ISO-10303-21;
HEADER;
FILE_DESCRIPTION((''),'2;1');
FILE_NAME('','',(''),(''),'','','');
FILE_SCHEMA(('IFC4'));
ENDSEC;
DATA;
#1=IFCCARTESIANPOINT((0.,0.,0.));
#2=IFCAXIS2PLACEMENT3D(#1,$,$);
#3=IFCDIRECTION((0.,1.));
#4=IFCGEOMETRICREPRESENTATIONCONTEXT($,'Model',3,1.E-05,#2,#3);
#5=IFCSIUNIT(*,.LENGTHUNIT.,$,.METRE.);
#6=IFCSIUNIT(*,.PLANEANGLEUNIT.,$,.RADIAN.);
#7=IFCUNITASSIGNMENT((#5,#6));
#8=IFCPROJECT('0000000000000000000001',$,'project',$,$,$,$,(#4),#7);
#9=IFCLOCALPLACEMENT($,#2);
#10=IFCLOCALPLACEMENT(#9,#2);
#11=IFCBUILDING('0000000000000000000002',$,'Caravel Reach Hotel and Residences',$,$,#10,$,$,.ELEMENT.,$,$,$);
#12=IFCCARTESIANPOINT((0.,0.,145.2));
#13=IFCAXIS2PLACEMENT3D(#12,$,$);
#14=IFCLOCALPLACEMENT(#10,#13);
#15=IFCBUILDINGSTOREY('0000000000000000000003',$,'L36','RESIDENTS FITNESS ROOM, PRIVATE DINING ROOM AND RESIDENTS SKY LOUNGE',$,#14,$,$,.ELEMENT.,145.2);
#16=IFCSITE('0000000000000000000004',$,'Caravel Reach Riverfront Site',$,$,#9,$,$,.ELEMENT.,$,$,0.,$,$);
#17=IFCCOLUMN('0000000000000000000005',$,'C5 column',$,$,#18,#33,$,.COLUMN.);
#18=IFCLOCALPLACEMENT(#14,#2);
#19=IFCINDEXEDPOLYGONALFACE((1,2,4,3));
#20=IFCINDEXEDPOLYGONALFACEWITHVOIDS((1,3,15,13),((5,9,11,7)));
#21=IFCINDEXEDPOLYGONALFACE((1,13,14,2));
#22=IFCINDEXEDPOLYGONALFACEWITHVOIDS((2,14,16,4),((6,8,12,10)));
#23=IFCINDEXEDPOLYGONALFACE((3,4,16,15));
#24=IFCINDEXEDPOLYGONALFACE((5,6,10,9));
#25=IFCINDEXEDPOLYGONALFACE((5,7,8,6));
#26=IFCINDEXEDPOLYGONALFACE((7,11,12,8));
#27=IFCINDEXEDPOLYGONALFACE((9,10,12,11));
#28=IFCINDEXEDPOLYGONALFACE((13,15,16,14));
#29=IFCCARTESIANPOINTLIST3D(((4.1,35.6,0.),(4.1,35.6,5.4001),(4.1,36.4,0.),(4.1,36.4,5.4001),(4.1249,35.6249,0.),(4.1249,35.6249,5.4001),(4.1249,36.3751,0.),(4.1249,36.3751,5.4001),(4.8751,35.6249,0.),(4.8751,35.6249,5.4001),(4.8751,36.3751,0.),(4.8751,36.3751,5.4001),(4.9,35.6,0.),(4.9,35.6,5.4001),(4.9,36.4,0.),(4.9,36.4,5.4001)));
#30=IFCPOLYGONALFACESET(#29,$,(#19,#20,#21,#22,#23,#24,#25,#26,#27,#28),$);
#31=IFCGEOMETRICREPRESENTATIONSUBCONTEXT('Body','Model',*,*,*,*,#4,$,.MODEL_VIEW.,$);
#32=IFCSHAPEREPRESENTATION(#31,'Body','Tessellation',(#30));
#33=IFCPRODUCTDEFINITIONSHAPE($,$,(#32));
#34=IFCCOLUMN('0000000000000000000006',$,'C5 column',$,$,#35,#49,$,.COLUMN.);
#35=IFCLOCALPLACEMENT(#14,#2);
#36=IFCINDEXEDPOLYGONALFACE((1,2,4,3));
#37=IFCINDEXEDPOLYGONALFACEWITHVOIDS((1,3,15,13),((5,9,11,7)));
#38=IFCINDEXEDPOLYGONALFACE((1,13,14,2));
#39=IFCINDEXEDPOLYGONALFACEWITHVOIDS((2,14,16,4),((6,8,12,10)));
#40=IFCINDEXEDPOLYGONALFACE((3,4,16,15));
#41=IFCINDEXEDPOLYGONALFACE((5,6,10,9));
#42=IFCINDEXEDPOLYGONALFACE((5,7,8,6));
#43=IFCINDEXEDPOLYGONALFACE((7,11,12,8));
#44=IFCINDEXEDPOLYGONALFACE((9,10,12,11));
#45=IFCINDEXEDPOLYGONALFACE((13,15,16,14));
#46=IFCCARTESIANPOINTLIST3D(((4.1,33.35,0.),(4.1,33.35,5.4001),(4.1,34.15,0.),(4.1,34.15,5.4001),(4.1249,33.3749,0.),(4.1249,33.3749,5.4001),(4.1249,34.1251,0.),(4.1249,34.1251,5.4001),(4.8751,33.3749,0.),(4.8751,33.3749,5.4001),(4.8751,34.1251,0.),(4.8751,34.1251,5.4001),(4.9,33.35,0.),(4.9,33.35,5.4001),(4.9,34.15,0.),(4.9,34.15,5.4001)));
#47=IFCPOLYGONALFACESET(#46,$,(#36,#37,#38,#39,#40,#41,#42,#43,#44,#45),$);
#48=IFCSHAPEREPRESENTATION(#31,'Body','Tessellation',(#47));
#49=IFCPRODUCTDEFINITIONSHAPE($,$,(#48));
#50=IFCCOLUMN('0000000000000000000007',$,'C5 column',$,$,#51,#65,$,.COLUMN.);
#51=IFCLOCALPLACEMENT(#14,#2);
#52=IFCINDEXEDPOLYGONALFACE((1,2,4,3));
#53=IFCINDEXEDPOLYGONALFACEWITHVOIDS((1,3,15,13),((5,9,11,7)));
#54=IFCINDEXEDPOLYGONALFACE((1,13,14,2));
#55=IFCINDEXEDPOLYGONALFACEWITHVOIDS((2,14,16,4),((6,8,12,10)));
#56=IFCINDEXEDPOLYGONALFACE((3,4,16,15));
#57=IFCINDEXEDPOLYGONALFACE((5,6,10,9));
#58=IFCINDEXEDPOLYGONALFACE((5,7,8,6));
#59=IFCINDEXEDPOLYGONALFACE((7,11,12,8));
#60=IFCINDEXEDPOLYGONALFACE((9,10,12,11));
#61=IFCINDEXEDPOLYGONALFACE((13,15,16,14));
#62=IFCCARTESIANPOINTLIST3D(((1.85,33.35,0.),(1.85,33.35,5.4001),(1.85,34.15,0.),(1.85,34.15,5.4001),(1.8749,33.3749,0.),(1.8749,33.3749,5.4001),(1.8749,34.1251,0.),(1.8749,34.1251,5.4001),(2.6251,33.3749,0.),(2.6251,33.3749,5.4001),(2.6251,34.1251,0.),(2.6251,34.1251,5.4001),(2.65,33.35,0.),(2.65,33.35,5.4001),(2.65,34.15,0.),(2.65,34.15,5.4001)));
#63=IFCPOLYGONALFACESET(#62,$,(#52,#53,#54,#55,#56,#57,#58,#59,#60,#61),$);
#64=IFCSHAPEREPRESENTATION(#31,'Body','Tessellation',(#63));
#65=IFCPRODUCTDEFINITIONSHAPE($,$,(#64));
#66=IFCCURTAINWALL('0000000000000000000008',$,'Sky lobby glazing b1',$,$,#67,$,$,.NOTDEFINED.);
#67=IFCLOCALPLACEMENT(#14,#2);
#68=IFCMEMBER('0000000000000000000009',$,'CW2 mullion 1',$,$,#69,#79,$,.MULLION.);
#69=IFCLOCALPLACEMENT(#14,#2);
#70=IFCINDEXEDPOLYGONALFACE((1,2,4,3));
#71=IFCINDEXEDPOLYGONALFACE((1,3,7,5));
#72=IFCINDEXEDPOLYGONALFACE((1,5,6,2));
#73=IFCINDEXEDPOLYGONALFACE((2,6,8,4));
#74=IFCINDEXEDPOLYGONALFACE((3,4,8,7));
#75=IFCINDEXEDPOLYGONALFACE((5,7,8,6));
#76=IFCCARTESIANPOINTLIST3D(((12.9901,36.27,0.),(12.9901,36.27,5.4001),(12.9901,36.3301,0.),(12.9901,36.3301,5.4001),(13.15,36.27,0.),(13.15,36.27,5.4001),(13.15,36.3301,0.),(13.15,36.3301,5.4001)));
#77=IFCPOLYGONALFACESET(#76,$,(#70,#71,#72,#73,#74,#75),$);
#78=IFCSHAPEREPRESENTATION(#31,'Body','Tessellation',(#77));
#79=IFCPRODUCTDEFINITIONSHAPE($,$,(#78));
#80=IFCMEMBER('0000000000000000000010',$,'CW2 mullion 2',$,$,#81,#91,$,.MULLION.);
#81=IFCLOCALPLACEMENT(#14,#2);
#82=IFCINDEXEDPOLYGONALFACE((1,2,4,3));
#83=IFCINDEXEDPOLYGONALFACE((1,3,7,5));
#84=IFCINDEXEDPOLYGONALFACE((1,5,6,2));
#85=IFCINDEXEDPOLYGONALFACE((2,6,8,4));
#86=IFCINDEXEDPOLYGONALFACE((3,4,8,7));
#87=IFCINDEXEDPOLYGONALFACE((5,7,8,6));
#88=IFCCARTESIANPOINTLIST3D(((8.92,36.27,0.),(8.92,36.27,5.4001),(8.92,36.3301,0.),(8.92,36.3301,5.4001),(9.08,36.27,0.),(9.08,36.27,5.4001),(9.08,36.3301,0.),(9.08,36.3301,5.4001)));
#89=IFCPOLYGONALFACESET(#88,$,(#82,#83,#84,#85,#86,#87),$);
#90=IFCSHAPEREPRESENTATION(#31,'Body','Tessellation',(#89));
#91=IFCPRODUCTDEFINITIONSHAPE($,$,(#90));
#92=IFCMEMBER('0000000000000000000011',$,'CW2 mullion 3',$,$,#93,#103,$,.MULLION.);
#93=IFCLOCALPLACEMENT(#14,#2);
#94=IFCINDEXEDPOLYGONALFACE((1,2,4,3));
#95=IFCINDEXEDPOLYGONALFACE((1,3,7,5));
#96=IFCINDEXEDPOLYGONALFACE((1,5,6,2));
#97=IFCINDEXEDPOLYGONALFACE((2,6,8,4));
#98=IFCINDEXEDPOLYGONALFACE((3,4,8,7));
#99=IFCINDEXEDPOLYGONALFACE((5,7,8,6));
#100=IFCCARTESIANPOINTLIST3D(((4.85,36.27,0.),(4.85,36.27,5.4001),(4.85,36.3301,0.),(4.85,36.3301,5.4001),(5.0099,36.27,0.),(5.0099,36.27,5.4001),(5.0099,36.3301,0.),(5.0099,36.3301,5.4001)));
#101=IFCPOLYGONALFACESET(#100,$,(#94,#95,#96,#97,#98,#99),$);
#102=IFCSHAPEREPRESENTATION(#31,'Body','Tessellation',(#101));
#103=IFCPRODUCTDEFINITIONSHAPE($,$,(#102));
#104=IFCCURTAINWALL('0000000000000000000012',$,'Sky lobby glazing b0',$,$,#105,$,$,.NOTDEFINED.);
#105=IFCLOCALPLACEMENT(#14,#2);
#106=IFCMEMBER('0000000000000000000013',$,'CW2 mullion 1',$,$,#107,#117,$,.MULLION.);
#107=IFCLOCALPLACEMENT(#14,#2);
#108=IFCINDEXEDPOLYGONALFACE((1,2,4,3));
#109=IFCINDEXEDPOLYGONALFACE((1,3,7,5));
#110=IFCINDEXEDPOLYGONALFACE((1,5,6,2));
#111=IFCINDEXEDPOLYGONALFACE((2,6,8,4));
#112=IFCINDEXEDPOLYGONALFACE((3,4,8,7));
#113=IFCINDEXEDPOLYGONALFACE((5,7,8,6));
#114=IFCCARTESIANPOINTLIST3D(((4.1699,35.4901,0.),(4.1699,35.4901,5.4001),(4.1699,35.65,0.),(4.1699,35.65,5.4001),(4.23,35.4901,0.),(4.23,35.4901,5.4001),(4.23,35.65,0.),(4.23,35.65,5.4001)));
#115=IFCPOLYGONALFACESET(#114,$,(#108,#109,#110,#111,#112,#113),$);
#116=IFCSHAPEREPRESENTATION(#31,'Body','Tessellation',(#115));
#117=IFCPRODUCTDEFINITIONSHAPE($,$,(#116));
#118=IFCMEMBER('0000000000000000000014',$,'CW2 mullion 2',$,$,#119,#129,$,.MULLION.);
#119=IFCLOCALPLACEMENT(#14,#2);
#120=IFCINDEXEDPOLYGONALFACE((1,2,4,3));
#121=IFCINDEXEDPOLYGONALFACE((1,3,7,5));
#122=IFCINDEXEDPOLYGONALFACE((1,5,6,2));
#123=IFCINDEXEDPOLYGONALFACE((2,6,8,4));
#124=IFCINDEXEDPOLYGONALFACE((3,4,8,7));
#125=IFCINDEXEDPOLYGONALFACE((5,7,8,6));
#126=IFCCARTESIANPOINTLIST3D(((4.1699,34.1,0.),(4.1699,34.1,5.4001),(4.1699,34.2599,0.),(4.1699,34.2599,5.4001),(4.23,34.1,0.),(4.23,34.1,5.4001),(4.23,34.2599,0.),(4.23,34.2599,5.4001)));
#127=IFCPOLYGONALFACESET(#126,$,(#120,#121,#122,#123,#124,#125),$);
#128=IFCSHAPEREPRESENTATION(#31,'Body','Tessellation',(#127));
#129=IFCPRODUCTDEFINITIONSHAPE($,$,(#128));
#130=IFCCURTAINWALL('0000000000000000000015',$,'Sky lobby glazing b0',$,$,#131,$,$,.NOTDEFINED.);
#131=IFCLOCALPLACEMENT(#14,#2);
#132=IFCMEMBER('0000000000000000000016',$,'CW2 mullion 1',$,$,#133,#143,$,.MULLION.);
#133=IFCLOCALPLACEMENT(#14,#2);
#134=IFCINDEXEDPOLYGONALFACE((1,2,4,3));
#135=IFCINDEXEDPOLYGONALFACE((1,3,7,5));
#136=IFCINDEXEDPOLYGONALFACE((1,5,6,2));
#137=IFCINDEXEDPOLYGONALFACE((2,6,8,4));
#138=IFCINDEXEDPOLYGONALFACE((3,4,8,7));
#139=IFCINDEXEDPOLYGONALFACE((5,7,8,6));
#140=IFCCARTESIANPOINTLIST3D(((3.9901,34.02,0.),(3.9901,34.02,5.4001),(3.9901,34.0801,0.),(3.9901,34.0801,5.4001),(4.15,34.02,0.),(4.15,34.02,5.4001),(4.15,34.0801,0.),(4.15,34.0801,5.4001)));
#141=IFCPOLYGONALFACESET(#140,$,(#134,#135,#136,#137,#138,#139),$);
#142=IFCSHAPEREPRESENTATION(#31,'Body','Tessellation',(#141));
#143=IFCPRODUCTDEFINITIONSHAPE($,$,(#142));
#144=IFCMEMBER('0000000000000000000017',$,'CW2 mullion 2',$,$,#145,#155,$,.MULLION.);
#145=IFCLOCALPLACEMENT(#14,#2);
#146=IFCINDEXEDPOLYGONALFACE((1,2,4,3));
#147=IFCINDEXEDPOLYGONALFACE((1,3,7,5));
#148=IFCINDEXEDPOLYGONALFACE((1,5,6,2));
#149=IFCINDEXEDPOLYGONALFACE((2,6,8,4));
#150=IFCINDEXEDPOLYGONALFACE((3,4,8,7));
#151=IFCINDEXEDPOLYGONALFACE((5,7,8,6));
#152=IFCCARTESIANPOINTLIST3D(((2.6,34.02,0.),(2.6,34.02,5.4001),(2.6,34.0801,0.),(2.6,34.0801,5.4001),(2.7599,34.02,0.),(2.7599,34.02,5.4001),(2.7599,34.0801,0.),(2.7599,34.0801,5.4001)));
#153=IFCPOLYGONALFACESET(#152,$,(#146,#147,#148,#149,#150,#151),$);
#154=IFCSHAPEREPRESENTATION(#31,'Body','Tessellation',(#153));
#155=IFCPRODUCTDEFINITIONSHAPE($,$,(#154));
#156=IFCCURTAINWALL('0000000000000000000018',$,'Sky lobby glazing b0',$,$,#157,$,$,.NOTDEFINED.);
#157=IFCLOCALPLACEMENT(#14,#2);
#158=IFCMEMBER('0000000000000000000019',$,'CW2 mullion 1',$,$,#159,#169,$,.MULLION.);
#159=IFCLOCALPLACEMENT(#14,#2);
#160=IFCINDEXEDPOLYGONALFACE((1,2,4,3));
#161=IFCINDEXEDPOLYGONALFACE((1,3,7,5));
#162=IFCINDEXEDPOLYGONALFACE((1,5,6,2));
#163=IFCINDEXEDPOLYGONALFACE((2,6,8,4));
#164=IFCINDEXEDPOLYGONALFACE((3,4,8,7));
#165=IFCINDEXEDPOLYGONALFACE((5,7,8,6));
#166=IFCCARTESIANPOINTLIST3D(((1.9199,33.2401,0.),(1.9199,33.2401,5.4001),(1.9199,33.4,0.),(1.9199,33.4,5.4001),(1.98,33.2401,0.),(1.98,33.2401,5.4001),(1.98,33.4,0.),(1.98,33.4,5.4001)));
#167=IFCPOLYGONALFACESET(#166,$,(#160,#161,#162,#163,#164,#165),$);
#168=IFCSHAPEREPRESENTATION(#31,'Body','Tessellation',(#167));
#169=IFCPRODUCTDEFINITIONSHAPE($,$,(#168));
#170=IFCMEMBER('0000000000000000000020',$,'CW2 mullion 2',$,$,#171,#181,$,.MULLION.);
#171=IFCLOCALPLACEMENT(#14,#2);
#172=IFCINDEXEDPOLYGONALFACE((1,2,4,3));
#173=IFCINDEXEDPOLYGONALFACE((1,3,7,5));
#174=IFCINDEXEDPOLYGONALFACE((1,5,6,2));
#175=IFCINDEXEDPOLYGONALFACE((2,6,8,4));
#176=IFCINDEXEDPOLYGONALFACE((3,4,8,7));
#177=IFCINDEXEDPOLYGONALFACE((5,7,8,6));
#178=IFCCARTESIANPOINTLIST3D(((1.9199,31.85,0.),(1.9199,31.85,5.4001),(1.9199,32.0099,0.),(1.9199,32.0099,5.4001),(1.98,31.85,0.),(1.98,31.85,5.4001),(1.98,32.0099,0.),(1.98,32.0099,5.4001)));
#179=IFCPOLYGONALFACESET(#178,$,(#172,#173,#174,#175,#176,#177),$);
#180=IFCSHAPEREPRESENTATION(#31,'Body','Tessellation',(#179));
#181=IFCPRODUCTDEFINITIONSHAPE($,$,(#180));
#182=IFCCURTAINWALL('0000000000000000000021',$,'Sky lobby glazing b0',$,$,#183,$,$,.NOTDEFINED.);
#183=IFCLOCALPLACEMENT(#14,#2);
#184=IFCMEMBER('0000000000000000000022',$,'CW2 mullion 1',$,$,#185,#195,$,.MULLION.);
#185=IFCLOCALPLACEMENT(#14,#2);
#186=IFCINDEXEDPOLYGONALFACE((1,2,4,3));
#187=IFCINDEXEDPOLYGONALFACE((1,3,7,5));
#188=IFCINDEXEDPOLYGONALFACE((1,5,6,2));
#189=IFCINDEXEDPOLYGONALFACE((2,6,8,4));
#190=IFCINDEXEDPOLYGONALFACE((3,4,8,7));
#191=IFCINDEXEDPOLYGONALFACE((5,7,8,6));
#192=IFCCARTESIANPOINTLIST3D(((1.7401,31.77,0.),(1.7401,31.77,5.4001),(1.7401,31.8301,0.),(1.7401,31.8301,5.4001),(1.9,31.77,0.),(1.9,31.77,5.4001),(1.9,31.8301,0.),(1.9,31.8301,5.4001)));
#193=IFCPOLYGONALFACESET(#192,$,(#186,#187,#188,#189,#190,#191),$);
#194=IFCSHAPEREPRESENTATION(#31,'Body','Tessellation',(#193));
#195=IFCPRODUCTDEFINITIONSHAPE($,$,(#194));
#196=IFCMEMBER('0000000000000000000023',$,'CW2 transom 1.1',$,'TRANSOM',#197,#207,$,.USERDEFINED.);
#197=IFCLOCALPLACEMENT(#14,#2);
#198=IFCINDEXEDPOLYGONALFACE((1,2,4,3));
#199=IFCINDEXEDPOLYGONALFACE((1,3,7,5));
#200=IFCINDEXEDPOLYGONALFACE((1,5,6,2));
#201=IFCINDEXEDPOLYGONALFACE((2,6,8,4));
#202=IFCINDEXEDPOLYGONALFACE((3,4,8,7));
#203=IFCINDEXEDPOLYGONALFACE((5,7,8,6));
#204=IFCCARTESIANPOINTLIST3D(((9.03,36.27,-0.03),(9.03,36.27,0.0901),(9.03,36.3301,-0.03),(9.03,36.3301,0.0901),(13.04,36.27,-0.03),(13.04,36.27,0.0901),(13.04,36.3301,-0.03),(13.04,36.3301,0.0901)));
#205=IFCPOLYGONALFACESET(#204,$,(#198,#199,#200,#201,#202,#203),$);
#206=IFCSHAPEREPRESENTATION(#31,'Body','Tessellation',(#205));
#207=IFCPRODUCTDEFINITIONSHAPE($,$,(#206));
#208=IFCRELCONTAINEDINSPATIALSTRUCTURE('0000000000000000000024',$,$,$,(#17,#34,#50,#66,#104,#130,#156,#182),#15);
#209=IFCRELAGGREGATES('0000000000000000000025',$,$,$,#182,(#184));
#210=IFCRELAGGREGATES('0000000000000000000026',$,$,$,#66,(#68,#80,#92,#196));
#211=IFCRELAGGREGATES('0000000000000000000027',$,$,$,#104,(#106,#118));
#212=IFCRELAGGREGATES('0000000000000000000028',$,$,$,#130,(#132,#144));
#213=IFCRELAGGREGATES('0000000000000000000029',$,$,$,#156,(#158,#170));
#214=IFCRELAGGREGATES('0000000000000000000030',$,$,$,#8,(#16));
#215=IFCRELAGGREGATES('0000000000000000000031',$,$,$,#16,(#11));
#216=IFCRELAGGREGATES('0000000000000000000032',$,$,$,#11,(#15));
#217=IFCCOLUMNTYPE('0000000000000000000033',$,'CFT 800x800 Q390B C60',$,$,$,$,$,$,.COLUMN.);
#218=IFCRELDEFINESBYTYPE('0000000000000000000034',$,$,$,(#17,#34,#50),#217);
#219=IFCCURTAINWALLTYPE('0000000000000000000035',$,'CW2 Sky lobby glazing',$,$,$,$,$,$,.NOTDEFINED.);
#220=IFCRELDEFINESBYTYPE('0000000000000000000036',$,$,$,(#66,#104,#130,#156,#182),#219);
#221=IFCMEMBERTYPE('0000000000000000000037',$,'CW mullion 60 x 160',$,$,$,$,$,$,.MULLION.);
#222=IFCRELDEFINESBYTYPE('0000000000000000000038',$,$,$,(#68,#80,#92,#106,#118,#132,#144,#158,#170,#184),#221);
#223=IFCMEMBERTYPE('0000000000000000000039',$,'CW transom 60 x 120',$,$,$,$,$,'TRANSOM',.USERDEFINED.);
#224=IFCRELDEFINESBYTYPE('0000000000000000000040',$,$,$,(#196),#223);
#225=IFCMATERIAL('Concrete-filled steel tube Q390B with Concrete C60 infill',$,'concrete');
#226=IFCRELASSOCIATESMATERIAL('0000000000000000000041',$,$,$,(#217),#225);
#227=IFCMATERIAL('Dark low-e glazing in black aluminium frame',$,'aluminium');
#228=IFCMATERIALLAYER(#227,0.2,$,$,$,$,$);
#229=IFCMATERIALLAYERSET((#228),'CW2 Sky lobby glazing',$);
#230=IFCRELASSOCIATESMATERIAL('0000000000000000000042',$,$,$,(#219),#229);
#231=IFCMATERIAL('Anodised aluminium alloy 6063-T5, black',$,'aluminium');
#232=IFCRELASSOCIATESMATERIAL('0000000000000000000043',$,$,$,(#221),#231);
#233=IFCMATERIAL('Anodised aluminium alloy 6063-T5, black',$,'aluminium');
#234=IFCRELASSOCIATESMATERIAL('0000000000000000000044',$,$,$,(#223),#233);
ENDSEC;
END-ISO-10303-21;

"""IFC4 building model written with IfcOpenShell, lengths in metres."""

from ifc_helpers import new_model, si_unit, direction, frame, origin, origin_2d, place, context, subcontext, project, spatial, rectangle, hollow_rectangle, extrude, material, layer, layer_set, material_profile, profile_set, type_object, element, aggregate, save


model = new_model("IFC4")

# Units and contexts
model_context = context("Model", 3, precision=1e-05, world=origin(), true_north=direction((0.0, 1.0)))
body_context = subcontext(model_context, "Body", "Model", "MODEL_VIEW")
ifc_project = project(units=[si_unit("LENGTHUNIT", "METRE"), si_unit("PLANEANGLEUNIT", "RADIAN")], contexts=[model_context])

# Site, building, storey
site_placement = place(None, origin())
site = spatial("IfcSite", under=ifc_project, at=site_placement, Name="Caravel Reach Riverfront Site", CompositionType="ELEMENT", RefElevation=0.0)
building_placement = place(site_placement, origin())
building = spatial("IfcBuilding", under=site, at=building_placement, Name="Caravel Reach Hotel and Residences", CompositionType="ELEMENT")
storey_placement = place(building_placement, frame((0.0, 0.0, 145.2)))
storey = spatial("IfcBuildingStorey", under=building, at=storey_placement, Name="L36", Description="RESIDENTS FITNESS ROOM, PRIVATE DINING ROOM AND RESIDENTS SKY LOUNGE", CompositionType="ELEMENT", Elevation=145.2)

# Columns
ifc_material_1 = material(Name="Concrete-filled steel tube Q390B with Concrete C60 infill", Category="concrete")
ifc_material_profile_1 = material_profile(ifc_material_1, hollow_rectangle(XDim=0.8, YDim=0.8, WallThickness=0.0249, at=origin_2d()), Name="RHS 800x800x25")
ifc_profile_set_1 = profile_set([ifc_material_profile_1], Name="Concrete-filled steel tube Q390B with Concrete C60 infill")
column_type = type_object("IfcColumnType", Name="CFT 800x800 Q390B C60", PredefinedType="COLUMN", material=ifc_profile_set_1)
for number, where, z_axis, x_axis, name in (
    (1, (4.5, 36.0, 0.0), (0.0, 0.0, 1.0), (1.0, 0.0, 0.0), "C5 column"),
    (2, (4.5, 33.75, 0.0), (0.0, 0.0, 1.0), (1.0, 0.0, 0.0), "C5 column"),
    (3, (2.25, 33.75, 0.0), (0.0, 0.0, 1.0), (1.0, 0.0, 0.0), "C5 column"),
):
    element("IfcColumn", number, at=place(storey_placement, frame(where, z_axis=z_axis, x_axis=x_axis)), inside=storey, type_object=column_type, Name=name, PredefinedType="COLUMN", context=body_context, shape_type="SweptSolid", body=[
        extrude(hollow_rectangle(XDim=0.8, YDim=0.8, WallThickness=0.0249, at=origin_2d()), origin(), (0.0, 0.0, 1.0), 5.4001),
    ])

# Curtain walls, members
ifc_material_2 = material(Name="Dark low-e glazing in black aluminium frame", Category="aluminium")
ifc_layer_1 = layer(ifc_material_2, 0.2)
ifc_layer_set_1 = layer_set([ifc_layer_1], Name="CW2 Sky lobby glazing")
curtain_wall_type = type_object("IfcCurtainWallType", Name="CW2 Sky lobby glazing", PredefinedType="NOTDEFINED", material=ifc_layer_set_1)
curtain_wall_1_placement = place(storey_placement, origin())
curtain_wall_1 = element("IfcCurtainWall", 4, at=curtain_wall_1_placement, inside=storey, type_object=curtain_wall_type, Name="Sky lobby glazing b1", PredefinedType="NOTDEFINED")
ifc_material_3 = material(Name="Anodised aluminium alloy 6063-T5, black", Category="aluminium")
ifc_material_profile_2 = material_profile(ifc_material_3, rectangle(XDim=0.0601, YDim=0.1599, at=origin_2d()), Name="CW mullion 60 x 160")
ifc_profile_set_2 = profile_set([ifc_material_profile_2], Name="Anodised aluminium alloy 6063-T5, black")
member_type_1 = type_object("IfcMemberType", Name="CW mullion 60 x 160", PredefinedType="MULLION", material=ifc_profile_set_2)
member_1_placement = place(storey_placement, frame((13.0701, 36.3, 0.0), z_axis=(0.0, 0.0, 1.0), x_axis=(0.0, -1.0, 0.0)))
member_1 = element("IfcMember", 5, at=member_1_placement, type_object=member_type_1, Name="CW2 mullion 1", PredefinedType="MULLION", context=body_context, shape_type="SweptSolid", body=[
    extrude(rectangle(XDim=0.0601, YDim=0.1599, at=origin_2d()), origin(), (0.0, 0.0, 1.0), 5.4001),
])
member_2_placement = place(storey_placement, frame((9.0, 36.3, 0.0), z_axis=(0.0, 0.0, 1.0), x_axis=(0.0, -1.0, 0.0)))
member_2 = element("IfcMember", 6, at=member_2_placement, type_object=member_type_1, Name="CW2 mullion 2", PredefinedType="MULLION", context=body_context, shape_type="SweptSolid", body=[
    extrude(rectangle(XDim=0.0601, YDim=0.1599, at=origin_2d()), origin(), (0.0, 0.0, 1.0), 5.4001),
])
member_3_placement = place(storey_placement, frame((4.9299, 36.3, 0.0), z_axis=(0.0, 0.0, 1.0), x_axis=(0.0, -1.0, 0.0)))
member_3 = element("IfcMember", 7, at=member_3_placement, type_object=member_type_1, Name="CW2 mullion 3", PredefinedType="MULLION", context=body_context, shape_type="SweptSolid", body=[
    extrude(rectangle(XDim=0.0601, YDim=0.1599, at=origin_2d()), origin(), (0.0, 0.0, 1.0), 5.4001),
])
curtain_wall_2_placement = place(storey_placement, origin())
curtain_wall_2 = element("IfcCurtainWall", 8, at=curtain_wall_2_placement, inside=storey, type_object=curtain_wall_type, Name="Sky lobby glazing b0", PredefinedType="NOTDEFINED")
member_4_placement = place(storey_placement, frame((4.2, 35.5701, 0.0), z_axis=(0.0, 0.0, 1.0), x_axis=(1.0, 0.0, 0.0)))
member_4 = element("IfcMember", 9, at=member_4_placement, type_object=member_type_1, Name="CW2 mullion 1", PredefinedType="MULLION", context=body_context, shape_type="SweptSolid", body=[
    extrude(rectangle(XDim=0.0601, YDim=0.1599, at=origin_2d()), origin(), (0.0, 0.0, 1.0), 5.4001),
])
member_5_placement = place(storey_placement, frame((4.2, 34.1799, 0.0), z_axis=(0.0, 0.0, 1.0), x_axis=(1.0, 0.0, 0.0)))
member_5 = element("IfcMember", 10, at=member_5_placement, type_object=member_type_1, Name="CW2 mullion 2", PredefinedType="MULLION", context=body_context, shape_type="SweptSolid", body=[
    extrude(rectangle(XDim=0.0601, YDim=0.1599, at=origin_2d()), origin(), (0.0, 0.0, 1.0), 5.4001),
])
curtain_wall_3_placement = place(storey_placement, origin())
curtain_wall_3 = element("IfcCurtainWall", 11, at=curtain_wall_3_placement, inside=storey, type_object=curtain_wall_type, Name="Sky lobby glazing b0", PredefinedType="NOTDEFINED")
member_6_placement = place(storey_placement, frame((4.0701, 34.05, 0.0), z_axis=(0.0, 0.0, 1.0), x_axis=(0.0, -1.0, 0.0)))
member_6 = element("IfcMember", 12, at=member_6_placement, type_object=member_type_1, Name="CW2 mullion 1", PredefinedType="MULLION", context=body_context, shape_type="SweptSolid", body=[
    extrude(rectangle(XDim=0.0601, YDim=0.1599, at=origin_2d()), origin(), (0.0, 0.0, 1.0), 5.4001),
])
member_7_placement = place(storey_placement, frame((2.6799, 34.05, 0.0), z_axis=(0.0, 0.0, 1.0), x_axis=(0.0, -1.0, 0.0)))
member_7 = element("IfcMember", 13, at=member_7_placement, type_object=member_type_1, Name="CW2 mullion 2", PredefinedType="MULLION", context=body_context, shape_type="SweptSolid", body=[
    extrude(rectangle(XDim=0.0601, YDim=0.1599, at=origin_2d()), origin(), (0.0, 0.0, 1.0), 5.4001),
])
curtain_wall_4_placement = place(storey_placement, origin())
curtain_wall_4 = element("IfcCurtainWall", 14, at=curtain_wall_4_placement, inside=storey, type_object=curtain_wall_type, Name="Sky lobby glazing b0", PredefinedType="NOTDEFINED")
member_8_placement = place(storey_placement, frame((1.95, 33.3201, 0.0), z_axis=(0.0, 0.0, 1.0), x_axis=(1.0, 0.0, 0.0)))
member_8 = element("IfcMember", 15, at=member_8_placement, type_object=member_type_1, Name="CW2 mullion 1", PredefinedType="MULLION", context=body_context, shape_type="SweptSolid", body=[
    extrude(rectangle(XDim=0.0601, YDim=0.1599, at=origin_2d()), origin(), (0.0, 0.0, 1.0), 5.4001),
])
member_9_placement = place(storey_placement, frame((1.95, 31.9299, 0.0), z_axis=(0.0, 0.0, 1.0), x_axis=(1.0, 0.0, 0.0)))
member_9 = element("IfcMember", 16, at=member_9_placement, type_object=member_type_1, Name="CW2 mullion 2", PredefinedType="MULLION", context=body_context, shape_type="SweptSolid", body=[
    extrude(rectangle(XDim=0.0601, YDim=0.1599, at=origin_2d()), origin(), (0.0, 0.0, 1.0), 5.4001),
])

# Curtain wall, member
curtain_wall_5_placement = place(storey_placement, origin())
curtain_wall_5 = element("IfcCurtainWall", 17, at=curtain_wall_5_placement, inside=storey, type_object=curtain_wall_type, Name="Sky lobby glazing b0", PredefinedType="NOTDEFINED")
member_10_placement = place(storey_placement, frame((1.8201, 31.8, 0.0), z_axis=(0.0, 0.0, 1.0), x_axis=(0.0, -1.0, 0.0)))
member_10 = element("IfcMember", 18, at=member_10_placement, type_object=member_type_1, Name="CW2 mullion 1", PredefinedType="MULLION", context=body_context, shape_type="SweptSolid", body=[
    extrude(rectangle(XDim=0.0601, YDim=0.1599, at=origin_2d()), origin(), (0.0, 0.0, 1.0), 5.4001),
])
aggregate(curtain_wall_5, [member_10])

# Member
ifc_material_4 = material(Name="Anodised aluminium alloy 6063-T5, black", Category="aluminium")
ifc_material_profile_3 = material_profile(ifc_material_4, rectangle(XDim=0.0601, YDim=0.1201, at=origin_2d()), Name="CW transom 60 x 120")
ifc_profile_set_3 = profile_set([ifc_material_profile_3], Name="Anodised aluminium alloy 6063-T5, black")
member_type_2 = type_object("IfcMemberType", Name="CW transom 60 x 120", ElementType="TRANSOM", PredefinedType="USERDEFINED", material=ifc_profile_set_3)
member_11_placement = place(storey_placement, frame((13.04, 36.3, 0.03), z_axis=(-1.0, 0.0, 0.0), x_axis=(0.0, -1.0, 0.0)))
member_11 = element("IfcMember", 19, at=member_11_placement, type_object=member_type_2, Name="CW2 transom 1.1", ObjectType="TRANSOM", PredefinedType="USERDEFINED", context=body_context, shape_type="SweptSolid", body=[
    extrude(rectangle(XDim=0.0601, YDim=0.1201, at=origin_2d()), origin(), (0.0, 0.0, 1.0), 4.01),
])

aggregate(curtain_wall_1, [member_1, member_2, member_3, member_11])
aggregate(curtain_wall_2, [member_4, member_5])
aggregate(curtain_wall_3, [member_6, member_7])
aggregate(curtain_wall_4, [member_8, member_9])

save(model, "model.ifc")
